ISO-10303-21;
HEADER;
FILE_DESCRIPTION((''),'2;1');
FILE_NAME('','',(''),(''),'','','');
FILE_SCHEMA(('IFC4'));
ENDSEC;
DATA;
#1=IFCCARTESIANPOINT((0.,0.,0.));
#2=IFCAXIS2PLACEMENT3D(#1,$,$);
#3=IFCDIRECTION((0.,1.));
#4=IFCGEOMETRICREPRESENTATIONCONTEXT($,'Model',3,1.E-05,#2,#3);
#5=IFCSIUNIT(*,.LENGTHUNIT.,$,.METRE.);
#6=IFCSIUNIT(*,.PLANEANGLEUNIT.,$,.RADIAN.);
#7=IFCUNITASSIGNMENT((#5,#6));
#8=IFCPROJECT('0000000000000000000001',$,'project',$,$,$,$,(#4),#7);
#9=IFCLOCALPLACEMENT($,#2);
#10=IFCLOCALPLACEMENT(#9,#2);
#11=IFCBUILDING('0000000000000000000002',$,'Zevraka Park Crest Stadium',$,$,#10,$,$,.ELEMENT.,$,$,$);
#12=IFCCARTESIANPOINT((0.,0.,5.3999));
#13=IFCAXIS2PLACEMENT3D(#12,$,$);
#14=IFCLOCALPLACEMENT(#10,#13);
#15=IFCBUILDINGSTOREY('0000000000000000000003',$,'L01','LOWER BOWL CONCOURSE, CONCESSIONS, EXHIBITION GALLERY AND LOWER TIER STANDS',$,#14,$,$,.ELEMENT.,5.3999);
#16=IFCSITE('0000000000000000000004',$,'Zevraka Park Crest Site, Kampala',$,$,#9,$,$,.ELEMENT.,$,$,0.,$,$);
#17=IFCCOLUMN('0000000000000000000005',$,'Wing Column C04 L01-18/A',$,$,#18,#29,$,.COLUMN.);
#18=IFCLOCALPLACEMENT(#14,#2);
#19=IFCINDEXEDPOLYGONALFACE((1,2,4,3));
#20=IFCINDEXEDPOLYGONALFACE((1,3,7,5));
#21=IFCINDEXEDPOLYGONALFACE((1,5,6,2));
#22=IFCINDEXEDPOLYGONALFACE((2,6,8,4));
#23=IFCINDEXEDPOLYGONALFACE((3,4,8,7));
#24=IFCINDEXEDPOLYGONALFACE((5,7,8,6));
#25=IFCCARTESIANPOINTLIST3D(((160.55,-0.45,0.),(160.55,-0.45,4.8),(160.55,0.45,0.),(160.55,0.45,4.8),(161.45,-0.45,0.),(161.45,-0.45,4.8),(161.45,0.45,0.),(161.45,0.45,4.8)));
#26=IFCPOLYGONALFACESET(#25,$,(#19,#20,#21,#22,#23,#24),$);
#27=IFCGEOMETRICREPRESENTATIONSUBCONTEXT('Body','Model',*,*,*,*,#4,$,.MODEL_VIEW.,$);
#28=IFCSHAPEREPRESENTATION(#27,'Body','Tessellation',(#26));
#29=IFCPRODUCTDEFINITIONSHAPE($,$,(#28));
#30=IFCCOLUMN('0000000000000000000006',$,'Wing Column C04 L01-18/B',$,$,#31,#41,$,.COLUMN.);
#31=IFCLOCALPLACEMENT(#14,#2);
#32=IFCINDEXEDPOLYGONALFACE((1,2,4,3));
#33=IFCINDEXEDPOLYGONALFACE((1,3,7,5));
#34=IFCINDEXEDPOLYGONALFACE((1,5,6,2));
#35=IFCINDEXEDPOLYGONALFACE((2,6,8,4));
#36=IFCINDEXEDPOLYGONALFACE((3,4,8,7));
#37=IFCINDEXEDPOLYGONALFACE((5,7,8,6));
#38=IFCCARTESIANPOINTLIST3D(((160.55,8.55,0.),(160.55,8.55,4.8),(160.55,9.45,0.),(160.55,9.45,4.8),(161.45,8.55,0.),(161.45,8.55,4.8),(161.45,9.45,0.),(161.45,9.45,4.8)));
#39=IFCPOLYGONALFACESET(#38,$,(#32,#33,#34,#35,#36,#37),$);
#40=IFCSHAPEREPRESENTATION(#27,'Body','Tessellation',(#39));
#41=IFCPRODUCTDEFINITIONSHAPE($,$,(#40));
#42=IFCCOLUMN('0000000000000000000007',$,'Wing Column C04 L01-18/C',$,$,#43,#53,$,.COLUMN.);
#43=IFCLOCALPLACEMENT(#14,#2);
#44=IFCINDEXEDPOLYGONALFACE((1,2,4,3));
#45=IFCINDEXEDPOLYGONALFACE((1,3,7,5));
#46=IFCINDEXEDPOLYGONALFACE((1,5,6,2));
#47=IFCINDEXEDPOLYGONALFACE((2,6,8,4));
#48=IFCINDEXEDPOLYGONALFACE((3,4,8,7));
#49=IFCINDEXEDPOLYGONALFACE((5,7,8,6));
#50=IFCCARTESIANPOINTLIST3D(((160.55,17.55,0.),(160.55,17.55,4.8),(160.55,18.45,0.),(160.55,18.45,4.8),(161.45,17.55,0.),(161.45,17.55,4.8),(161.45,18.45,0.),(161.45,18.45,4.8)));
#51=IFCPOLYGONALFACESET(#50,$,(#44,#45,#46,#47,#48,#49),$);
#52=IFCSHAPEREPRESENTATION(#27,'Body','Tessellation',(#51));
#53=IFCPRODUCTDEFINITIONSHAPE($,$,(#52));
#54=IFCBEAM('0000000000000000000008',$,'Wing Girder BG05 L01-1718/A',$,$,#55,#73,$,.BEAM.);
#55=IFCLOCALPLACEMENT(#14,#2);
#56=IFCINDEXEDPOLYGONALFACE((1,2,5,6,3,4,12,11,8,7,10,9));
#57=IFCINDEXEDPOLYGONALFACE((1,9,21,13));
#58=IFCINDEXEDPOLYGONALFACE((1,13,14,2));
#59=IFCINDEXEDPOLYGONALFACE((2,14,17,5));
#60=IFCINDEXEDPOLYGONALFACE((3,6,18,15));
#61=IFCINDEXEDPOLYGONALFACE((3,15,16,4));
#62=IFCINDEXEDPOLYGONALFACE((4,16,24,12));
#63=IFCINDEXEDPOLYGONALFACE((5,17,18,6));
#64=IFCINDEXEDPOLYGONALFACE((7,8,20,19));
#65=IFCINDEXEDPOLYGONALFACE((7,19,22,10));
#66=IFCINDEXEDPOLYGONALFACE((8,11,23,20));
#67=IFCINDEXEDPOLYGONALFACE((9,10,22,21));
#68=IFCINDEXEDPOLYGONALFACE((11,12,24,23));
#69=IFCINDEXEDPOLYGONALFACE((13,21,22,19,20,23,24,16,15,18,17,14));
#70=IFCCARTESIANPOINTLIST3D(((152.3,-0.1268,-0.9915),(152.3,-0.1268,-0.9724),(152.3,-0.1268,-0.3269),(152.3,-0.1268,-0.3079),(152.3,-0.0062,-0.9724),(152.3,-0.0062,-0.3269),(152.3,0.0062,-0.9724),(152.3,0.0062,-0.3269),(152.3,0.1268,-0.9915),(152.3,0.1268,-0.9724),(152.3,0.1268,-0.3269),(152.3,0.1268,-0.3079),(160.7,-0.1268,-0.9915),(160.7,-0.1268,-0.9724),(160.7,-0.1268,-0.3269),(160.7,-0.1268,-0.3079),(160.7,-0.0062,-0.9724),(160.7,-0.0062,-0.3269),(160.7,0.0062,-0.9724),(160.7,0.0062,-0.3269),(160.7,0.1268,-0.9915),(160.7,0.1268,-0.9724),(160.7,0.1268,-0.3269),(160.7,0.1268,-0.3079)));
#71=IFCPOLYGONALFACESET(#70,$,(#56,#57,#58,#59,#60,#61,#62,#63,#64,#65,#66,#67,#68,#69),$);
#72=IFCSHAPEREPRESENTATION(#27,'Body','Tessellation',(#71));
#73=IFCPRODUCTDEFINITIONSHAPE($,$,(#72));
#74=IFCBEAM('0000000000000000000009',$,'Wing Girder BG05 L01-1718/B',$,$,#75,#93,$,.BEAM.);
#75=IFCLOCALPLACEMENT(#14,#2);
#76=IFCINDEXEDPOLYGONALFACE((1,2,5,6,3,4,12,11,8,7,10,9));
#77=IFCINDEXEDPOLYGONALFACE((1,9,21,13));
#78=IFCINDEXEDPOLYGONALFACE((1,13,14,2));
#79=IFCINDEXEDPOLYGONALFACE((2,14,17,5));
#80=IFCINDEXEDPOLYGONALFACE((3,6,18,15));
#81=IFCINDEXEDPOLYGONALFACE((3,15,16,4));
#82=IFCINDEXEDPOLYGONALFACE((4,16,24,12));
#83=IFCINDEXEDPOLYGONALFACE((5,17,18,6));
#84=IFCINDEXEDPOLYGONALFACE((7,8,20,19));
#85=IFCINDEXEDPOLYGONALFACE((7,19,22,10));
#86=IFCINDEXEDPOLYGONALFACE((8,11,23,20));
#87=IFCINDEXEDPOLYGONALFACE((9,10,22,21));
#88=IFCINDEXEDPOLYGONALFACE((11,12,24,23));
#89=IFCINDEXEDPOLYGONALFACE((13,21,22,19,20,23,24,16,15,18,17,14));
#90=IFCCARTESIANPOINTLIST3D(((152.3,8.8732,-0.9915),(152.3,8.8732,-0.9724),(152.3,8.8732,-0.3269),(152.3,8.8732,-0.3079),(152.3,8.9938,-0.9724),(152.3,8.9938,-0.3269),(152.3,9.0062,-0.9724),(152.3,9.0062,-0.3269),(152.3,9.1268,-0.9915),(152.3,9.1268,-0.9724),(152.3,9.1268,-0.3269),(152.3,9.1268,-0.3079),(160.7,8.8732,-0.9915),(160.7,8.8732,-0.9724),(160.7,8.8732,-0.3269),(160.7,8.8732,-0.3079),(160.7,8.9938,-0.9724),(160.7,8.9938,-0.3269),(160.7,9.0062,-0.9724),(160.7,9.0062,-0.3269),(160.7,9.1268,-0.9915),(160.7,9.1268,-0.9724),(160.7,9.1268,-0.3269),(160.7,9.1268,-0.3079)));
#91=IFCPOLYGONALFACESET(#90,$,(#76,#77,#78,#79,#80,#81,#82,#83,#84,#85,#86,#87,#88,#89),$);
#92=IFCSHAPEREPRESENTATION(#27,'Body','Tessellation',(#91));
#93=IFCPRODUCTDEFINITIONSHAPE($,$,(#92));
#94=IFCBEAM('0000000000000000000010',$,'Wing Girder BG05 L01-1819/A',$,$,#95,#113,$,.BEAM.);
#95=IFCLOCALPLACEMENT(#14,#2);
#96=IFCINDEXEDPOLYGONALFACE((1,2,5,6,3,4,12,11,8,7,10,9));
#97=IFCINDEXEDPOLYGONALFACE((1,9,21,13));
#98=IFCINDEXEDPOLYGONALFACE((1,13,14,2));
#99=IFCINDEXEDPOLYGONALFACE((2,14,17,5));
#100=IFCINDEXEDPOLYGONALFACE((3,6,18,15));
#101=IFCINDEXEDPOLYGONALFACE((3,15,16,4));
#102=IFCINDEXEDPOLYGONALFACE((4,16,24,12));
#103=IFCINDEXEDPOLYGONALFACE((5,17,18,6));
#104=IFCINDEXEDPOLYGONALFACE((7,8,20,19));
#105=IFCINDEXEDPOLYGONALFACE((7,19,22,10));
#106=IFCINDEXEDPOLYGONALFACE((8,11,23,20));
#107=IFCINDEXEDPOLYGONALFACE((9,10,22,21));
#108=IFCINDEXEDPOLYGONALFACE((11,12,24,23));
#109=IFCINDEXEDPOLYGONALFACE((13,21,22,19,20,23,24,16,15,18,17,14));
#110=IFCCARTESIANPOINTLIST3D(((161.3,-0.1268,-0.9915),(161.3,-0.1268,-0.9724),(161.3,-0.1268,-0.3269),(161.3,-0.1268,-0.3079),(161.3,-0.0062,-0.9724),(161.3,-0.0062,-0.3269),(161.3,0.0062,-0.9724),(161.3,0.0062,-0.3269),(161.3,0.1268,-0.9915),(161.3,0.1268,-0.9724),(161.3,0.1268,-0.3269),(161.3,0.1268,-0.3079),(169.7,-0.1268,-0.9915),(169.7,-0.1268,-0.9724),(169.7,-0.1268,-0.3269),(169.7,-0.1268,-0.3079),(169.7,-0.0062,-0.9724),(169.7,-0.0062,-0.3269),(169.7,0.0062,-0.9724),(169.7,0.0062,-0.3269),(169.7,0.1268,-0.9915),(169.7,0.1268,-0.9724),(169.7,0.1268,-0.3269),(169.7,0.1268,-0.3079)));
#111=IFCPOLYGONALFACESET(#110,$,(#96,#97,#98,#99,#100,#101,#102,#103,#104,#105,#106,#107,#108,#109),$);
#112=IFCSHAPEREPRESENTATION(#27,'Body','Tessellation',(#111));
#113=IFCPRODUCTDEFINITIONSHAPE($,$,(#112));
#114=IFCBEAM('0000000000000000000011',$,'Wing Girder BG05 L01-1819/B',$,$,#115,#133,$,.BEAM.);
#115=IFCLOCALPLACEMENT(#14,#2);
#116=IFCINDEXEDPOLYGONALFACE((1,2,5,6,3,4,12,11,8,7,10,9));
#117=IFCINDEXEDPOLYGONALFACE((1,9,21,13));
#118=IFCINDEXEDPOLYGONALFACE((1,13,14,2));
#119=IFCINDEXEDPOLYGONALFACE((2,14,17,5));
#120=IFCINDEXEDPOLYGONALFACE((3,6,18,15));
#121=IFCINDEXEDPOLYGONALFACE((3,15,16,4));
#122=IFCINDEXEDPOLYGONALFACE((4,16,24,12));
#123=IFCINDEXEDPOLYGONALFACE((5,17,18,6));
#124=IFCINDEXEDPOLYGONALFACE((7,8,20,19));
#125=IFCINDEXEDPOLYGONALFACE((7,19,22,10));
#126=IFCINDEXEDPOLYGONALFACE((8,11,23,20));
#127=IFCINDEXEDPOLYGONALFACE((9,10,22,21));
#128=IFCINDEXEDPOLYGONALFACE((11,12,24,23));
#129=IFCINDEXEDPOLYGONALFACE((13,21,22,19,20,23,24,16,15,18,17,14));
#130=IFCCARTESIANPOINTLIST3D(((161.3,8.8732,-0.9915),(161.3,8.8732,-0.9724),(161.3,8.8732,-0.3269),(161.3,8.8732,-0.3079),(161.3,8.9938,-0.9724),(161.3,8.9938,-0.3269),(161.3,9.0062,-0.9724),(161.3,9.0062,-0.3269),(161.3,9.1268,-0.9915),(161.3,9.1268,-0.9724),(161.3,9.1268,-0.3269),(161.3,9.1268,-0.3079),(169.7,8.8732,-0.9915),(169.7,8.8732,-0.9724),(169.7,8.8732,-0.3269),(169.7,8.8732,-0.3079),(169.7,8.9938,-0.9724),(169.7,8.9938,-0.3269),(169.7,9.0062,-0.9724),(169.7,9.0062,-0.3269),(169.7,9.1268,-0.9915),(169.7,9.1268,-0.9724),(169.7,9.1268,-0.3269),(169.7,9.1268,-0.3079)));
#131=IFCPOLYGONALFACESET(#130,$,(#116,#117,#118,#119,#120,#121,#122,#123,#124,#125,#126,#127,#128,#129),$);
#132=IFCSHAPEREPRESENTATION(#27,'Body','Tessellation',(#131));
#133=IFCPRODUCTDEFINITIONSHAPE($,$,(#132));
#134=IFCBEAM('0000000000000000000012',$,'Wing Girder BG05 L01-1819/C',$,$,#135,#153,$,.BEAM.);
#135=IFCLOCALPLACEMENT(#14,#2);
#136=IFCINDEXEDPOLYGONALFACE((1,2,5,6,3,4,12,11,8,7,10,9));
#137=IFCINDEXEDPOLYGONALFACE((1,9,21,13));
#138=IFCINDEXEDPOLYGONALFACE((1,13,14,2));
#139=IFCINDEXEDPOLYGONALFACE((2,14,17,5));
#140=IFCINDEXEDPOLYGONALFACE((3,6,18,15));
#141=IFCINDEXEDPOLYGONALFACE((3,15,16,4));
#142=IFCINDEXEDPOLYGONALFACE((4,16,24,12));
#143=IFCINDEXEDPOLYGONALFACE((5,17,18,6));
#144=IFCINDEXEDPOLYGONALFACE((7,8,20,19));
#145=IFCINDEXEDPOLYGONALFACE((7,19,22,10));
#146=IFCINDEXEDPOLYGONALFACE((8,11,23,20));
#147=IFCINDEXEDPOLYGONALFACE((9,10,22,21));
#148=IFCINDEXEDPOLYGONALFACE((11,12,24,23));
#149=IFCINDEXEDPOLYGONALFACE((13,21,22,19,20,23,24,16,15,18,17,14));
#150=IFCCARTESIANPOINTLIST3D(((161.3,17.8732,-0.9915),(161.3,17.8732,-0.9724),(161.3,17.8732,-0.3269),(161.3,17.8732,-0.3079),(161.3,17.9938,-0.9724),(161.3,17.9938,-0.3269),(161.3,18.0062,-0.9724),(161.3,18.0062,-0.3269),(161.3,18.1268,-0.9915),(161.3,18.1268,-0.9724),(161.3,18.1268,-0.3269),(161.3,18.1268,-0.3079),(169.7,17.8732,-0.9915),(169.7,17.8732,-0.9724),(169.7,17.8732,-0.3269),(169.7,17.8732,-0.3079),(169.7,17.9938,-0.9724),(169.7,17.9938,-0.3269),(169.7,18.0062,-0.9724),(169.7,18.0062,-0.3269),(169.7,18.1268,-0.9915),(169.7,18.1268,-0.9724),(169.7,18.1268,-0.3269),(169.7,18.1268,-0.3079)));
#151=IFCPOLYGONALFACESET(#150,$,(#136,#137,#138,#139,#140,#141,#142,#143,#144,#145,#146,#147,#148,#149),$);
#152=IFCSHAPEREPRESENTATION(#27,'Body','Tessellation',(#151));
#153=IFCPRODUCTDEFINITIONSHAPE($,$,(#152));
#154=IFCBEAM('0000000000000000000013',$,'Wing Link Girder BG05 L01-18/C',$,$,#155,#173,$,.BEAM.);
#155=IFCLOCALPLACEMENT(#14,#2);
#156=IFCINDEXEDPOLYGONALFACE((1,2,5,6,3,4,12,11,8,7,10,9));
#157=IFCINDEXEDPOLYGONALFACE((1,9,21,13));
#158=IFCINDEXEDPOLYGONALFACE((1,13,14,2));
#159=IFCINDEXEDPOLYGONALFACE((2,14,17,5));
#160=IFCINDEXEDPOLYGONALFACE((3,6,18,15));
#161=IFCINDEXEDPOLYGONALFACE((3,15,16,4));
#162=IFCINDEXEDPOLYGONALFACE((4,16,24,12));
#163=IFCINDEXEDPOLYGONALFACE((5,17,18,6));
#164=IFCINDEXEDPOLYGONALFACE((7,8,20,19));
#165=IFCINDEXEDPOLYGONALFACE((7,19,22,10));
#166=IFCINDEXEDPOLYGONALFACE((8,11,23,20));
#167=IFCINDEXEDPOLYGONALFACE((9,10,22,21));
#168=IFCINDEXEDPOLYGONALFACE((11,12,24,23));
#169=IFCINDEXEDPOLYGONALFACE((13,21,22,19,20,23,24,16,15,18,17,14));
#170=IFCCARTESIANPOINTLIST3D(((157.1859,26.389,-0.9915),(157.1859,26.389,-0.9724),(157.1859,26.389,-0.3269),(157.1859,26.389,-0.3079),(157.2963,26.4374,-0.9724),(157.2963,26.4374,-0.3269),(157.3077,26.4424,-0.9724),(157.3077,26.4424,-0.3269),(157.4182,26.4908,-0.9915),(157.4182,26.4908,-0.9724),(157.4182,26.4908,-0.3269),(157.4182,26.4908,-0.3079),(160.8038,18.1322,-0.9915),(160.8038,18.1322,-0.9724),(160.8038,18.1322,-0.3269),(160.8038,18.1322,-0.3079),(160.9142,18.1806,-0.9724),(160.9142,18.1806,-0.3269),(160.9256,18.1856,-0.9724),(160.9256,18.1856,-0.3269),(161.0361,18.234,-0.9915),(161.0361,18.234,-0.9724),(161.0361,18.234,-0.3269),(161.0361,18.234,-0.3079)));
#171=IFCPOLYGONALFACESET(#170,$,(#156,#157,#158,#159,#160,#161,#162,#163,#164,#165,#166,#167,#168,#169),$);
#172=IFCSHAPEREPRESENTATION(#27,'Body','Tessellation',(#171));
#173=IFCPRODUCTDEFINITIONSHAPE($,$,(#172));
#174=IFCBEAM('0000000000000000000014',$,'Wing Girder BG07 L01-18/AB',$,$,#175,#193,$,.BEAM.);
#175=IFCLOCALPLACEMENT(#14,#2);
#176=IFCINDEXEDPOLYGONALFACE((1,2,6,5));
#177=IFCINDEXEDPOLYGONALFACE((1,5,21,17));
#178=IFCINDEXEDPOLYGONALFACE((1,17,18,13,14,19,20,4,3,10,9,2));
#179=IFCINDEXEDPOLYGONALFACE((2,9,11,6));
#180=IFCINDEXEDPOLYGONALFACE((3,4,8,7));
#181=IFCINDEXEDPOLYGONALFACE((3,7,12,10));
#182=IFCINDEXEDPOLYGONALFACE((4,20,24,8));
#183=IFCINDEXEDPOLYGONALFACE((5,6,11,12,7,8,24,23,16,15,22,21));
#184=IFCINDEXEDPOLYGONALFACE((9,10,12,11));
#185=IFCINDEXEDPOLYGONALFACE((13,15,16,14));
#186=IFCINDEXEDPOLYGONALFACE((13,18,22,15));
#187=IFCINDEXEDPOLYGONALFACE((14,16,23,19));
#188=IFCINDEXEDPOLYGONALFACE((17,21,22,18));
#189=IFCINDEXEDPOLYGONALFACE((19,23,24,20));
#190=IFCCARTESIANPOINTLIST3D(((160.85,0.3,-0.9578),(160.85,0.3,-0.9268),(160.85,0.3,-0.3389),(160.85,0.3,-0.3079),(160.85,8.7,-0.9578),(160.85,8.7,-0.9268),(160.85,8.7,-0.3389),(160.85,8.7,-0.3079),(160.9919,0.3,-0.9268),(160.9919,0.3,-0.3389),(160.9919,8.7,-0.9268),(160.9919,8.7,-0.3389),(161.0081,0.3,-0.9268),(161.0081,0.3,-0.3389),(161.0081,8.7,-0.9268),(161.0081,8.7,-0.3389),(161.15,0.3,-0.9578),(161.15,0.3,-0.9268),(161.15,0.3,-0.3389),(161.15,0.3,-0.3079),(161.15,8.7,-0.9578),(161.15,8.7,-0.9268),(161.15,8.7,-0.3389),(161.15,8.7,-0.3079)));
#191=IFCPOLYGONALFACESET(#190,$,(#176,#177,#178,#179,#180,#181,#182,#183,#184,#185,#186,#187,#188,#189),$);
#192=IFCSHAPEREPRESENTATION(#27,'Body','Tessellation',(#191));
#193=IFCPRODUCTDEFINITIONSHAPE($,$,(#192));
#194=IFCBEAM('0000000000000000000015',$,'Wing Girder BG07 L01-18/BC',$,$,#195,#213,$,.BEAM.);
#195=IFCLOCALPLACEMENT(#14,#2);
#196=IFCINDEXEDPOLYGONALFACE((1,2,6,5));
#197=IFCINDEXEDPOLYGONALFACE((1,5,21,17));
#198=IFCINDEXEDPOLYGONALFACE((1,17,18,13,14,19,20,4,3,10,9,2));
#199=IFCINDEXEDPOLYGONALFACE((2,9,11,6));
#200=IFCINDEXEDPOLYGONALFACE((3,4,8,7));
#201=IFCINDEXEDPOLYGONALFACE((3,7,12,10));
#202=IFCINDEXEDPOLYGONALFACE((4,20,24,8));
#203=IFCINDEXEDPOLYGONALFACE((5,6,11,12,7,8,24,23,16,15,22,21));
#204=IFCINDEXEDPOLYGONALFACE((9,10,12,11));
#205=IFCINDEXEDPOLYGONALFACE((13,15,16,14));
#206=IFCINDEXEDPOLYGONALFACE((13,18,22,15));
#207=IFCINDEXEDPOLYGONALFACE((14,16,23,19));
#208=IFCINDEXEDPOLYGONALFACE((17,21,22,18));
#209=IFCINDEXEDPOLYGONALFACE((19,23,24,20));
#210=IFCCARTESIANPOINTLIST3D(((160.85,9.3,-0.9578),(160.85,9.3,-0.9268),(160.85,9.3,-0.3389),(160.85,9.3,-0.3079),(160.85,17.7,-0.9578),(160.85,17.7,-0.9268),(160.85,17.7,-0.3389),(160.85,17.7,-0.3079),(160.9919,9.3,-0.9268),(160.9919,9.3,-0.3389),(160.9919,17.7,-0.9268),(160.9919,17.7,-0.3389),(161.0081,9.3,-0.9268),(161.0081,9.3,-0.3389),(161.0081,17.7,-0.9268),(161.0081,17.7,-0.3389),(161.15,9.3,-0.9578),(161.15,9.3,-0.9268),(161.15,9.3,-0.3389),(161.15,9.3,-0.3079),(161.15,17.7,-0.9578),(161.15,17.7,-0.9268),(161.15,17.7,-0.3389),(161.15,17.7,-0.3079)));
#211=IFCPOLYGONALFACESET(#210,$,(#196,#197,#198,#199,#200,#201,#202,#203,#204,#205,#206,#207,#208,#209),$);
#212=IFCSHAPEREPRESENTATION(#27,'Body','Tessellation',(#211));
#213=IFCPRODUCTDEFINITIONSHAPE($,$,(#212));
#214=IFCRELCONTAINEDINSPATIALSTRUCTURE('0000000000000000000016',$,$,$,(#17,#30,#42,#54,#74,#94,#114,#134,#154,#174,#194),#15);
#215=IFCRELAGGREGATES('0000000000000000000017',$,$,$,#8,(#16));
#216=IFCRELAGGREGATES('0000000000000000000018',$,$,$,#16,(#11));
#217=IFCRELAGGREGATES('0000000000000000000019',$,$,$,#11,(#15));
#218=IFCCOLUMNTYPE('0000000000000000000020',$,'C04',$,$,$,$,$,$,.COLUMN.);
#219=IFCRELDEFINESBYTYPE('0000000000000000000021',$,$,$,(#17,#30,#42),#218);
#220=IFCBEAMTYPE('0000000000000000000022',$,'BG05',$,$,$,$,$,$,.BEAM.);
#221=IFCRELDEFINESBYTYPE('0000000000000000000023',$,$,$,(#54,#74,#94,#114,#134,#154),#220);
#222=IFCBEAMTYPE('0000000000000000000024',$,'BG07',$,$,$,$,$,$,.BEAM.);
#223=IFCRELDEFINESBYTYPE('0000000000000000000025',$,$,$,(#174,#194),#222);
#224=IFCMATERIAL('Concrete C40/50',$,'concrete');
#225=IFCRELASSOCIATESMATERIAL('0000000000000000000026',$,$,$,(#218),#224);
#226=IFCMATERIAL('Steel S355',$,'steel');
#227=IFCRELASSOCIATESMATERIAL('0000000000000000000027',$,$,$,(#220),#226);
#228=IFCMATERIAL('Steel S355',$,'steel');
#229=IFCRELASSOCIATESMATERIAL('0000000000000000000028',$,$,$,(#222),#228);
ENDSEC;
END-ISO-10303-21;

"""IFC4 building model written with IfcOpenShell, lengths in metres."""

from ifc_helpers import new_model, si_unit, direction, frame, origin, origin_2d, place, context, subcontext, project, spatial, rectangle, i_section, extrude, material, material_profile, profile_set, type_object, element, save


model = new_model("IFC4")

# Units and contexts
model_context = context("Model", 3, precision=1e-05, world=origin(), true_north=direction((0.0, 1.0)))
body_context = subcontext(model_context, "Body", "Model", "MODEL_VIEW")
ifc_project = project(units=[si_unit("LENGTHUNIT", "METRE"), si_unit("PLANEANGLEUNIT", "RADIAN")], contexts=[model_context])

# Site, building, storey
site_placement = place(None, origin())
site = spatial("IfcSite", under=ifc_project, at=site_placement, Name="Zevraka Park Crest Site, Kampala", CompositionType="ELEMENT", RefElevation=0.0)
building_placement = place(site_placement, origin())
building = spatial("IfcBuilding", under=site, at=building_placement, Name="Zevraka Park Crest Stadium", CompositionType="ELEMENT")
storey_placement = place(building_placement, frame((0.0, 0.0, 5.3999)))
storey = spatial("IfcBuildingStorey", under=building, at=storey_placement, Name="L01", Description="LOWER BOWL CONCOURSE, CONCESSIONS, EXHIBITION GALLERY AND LOWER TIER STANDS", CompositionType="ELEMENT", Elevation=5.3999)

# Columns
ifc_material_1 = material(Name="Concrete C40/50", Category="concrete")
ifc_material_profile_1 = material_profile(ifc_material_1, rectangle(XDim=0.8999, YDim=0.8999, at=origin_2d()), Name="RC 900x900")
ifc_profile_set_1 = profile_set([ifc_material_profile_1], Name="Concrete C40/50")
column_type = type_object("IfcColumnType", Name="C04", PredefinedType="COLUMN", material=ifc_profile_set_1)
for number, where, z_axis, x_axis, name in (
    (1, (161.0, 0.0, 0.0), (0.0, 0.0, 1.0), (1.0, 0.0, 0.0), "Wing Column C04 L01-18/A"),
    (2, (161.0, 9.0, 0.0), (0.0, 0.0, 1.0), (1.0, 0.0, 0.0), "Wing Column C04 L01-18/B"),
    (3, (161.0, 18.0, 0.0), (0.0, 0.0, 1.0), (1.0, 0.0, 0.0), "Wing Column C04 L01-18/C"),
):
    element("IfcColumn", number, at=place(storey_placement, frame(where, z_axis=z_axis, x_axis=x_axis)), inside=storey, type_object=column_type, Name=name, PredefinedType="COLUMN", context=body_context, shape_type="SweptSolid", body=[
        extrude(rectangle(XDim=0.8999, YDim=0.8999, at=origin_2d()), origin(), (0.0, 0.0, 1.0), 4.8),
    ])

# Beams
ifc_material_2 = material(Name="Steel S355", Category="steel")
ifc_material_profile_2 = material_profile(ifc_material_2, i_section(OverallWidth=0.2537, OverallDepth=0.6836, WebThickness=0.0125, FlangeThickness=0.019, at=origin_2d()), Name="UKB 686x254x140")
ifc_profile_set_2 = profile_set([ifc_material_profile_2], Name="Steel S355")
beam_type_1 = type_object("IfcBeamType", Name="BG05", PredefinedType="BEAM", material=ifc_profile_set_2)
for number, where, z_axis, x_axis, name in (
    (4, (152.3, 0.0, -0.6497), (1.0, 0.0, 0.0), (0.0, 1.0, 0.0), "Wing Girder BG05 L01-1718/A"),
    (5, (152.3, 9.0, -0.6497), (1.0, 0.0, 0.0), (0.0, 1.0, 0.0), "Wing Girder BG05 L01-1718/B"),
    (6, (161.3, 0.0, -0.6497), (1.0, 0.0, 0.0), (0.0, 1.0, 0.0), "Wing Girder BG05 L01-1819/A"),
    (7, (161.3, 9.0, -0.6497), (1.0, 0.0, 0.0), (0.0, 1.0, 0.0), "Wing Girder BG05 L01-1819/B"),
    (8, (161.3, 18.0, -0.6497), (1.0, 0.0, 0.0), (0.0, 1.0, 0.0), "Wing Girder BG05 L01-1819/C"),
):
    element("IfcBeam", number, at=place(storey_placement, frame(where, z_axis=z_axis, x_axis=x_axis)), inside=storey, type_object=beam_type_1, Name=name, PredefinedType="BEAM", context=body_context, shape_type="SweptSolid", body=[
        extrude(i_section(OverallWidth=0.2537, OverallDepth=0.6836, WebThickness=0.0125, FlangeThickness=0.019, at=origin_2d()), origin(), (0.0, 0.0, 1.0), 8.3999),
    ])
beam_1_placement = place(storey_placement, frame((160.9199, 18.1831, -0.6497), z_axis=(-0.401336, 0.915931, 0.0), x_axis=(-0.915931, -0.401336, 0.0)))
element("IfcBeam", 9, at=beam_1_placement, inside=storey, type_object=beam_type_1, Name="Wing Link Girder BG05 L01-18/C", PredefinedType="BEAM", context=body_context, shape_type="SweptSolid", body=[
    extrude(i_section(OverallWidth=0.2537, OverallDepth=0.6836, WebThickness=0.0125, FlangeThickness=0.019, at=origin_2d()), origin(), (0.0, 0.0, 1.0), 9.0146),
])
ifc_material_3 = material(Name="Steel S355", Category="steel")
ifc_material_profile_3 = material_profile(ifc_material_3, i_section(OverallWidth=0.3, OverallDepth=0.6499, WebThickness=0.0161, FlangeThickness=0.031, at=origin_2d()), Name="HEB 650")
ifc_profile_set_3 = profile_set([ifc_material_profile_3], Name="Steel S355")
beam_type_2 = type_object("IfcBeamType", Name="BG07", PredefinedType="BEAM", material=ifc_profile_set_3)
for number, where, z_axis, x_axis, name in (
    (10, (161.0, 0.3, -0.6328), (0.0, 1.0, 0.0), (-1.0, 0.0, 0.0), "Wing Girder BG07 L01-18/AB"),
    (11, (161.0, 9.3, -0.6328), (0.0, 1.0, 0.0), (-1.0, 0.0, 0.0), "Wing Girder BG07 L01-18/BC"),
):
    element("IfcBeam", number, at=place(storey_placement, frame(where, z_axis=z_axis, x_axis=x_axis)), inside=storey, type_object=beam_type_2, Name=name, PredefinedType="BEAM", context=body_context, shape_type="SweptSolid", body=[
        extrude(i_section(OverallWidth=0.3, OverallDepth=0.6499, WebThickness=0.0161, FlangeThickness=0.031, at=origin_2d()), origin(), (0.0, 0.0, 1.0), 8.3999),
    ])

save(model, "model.ifc")
